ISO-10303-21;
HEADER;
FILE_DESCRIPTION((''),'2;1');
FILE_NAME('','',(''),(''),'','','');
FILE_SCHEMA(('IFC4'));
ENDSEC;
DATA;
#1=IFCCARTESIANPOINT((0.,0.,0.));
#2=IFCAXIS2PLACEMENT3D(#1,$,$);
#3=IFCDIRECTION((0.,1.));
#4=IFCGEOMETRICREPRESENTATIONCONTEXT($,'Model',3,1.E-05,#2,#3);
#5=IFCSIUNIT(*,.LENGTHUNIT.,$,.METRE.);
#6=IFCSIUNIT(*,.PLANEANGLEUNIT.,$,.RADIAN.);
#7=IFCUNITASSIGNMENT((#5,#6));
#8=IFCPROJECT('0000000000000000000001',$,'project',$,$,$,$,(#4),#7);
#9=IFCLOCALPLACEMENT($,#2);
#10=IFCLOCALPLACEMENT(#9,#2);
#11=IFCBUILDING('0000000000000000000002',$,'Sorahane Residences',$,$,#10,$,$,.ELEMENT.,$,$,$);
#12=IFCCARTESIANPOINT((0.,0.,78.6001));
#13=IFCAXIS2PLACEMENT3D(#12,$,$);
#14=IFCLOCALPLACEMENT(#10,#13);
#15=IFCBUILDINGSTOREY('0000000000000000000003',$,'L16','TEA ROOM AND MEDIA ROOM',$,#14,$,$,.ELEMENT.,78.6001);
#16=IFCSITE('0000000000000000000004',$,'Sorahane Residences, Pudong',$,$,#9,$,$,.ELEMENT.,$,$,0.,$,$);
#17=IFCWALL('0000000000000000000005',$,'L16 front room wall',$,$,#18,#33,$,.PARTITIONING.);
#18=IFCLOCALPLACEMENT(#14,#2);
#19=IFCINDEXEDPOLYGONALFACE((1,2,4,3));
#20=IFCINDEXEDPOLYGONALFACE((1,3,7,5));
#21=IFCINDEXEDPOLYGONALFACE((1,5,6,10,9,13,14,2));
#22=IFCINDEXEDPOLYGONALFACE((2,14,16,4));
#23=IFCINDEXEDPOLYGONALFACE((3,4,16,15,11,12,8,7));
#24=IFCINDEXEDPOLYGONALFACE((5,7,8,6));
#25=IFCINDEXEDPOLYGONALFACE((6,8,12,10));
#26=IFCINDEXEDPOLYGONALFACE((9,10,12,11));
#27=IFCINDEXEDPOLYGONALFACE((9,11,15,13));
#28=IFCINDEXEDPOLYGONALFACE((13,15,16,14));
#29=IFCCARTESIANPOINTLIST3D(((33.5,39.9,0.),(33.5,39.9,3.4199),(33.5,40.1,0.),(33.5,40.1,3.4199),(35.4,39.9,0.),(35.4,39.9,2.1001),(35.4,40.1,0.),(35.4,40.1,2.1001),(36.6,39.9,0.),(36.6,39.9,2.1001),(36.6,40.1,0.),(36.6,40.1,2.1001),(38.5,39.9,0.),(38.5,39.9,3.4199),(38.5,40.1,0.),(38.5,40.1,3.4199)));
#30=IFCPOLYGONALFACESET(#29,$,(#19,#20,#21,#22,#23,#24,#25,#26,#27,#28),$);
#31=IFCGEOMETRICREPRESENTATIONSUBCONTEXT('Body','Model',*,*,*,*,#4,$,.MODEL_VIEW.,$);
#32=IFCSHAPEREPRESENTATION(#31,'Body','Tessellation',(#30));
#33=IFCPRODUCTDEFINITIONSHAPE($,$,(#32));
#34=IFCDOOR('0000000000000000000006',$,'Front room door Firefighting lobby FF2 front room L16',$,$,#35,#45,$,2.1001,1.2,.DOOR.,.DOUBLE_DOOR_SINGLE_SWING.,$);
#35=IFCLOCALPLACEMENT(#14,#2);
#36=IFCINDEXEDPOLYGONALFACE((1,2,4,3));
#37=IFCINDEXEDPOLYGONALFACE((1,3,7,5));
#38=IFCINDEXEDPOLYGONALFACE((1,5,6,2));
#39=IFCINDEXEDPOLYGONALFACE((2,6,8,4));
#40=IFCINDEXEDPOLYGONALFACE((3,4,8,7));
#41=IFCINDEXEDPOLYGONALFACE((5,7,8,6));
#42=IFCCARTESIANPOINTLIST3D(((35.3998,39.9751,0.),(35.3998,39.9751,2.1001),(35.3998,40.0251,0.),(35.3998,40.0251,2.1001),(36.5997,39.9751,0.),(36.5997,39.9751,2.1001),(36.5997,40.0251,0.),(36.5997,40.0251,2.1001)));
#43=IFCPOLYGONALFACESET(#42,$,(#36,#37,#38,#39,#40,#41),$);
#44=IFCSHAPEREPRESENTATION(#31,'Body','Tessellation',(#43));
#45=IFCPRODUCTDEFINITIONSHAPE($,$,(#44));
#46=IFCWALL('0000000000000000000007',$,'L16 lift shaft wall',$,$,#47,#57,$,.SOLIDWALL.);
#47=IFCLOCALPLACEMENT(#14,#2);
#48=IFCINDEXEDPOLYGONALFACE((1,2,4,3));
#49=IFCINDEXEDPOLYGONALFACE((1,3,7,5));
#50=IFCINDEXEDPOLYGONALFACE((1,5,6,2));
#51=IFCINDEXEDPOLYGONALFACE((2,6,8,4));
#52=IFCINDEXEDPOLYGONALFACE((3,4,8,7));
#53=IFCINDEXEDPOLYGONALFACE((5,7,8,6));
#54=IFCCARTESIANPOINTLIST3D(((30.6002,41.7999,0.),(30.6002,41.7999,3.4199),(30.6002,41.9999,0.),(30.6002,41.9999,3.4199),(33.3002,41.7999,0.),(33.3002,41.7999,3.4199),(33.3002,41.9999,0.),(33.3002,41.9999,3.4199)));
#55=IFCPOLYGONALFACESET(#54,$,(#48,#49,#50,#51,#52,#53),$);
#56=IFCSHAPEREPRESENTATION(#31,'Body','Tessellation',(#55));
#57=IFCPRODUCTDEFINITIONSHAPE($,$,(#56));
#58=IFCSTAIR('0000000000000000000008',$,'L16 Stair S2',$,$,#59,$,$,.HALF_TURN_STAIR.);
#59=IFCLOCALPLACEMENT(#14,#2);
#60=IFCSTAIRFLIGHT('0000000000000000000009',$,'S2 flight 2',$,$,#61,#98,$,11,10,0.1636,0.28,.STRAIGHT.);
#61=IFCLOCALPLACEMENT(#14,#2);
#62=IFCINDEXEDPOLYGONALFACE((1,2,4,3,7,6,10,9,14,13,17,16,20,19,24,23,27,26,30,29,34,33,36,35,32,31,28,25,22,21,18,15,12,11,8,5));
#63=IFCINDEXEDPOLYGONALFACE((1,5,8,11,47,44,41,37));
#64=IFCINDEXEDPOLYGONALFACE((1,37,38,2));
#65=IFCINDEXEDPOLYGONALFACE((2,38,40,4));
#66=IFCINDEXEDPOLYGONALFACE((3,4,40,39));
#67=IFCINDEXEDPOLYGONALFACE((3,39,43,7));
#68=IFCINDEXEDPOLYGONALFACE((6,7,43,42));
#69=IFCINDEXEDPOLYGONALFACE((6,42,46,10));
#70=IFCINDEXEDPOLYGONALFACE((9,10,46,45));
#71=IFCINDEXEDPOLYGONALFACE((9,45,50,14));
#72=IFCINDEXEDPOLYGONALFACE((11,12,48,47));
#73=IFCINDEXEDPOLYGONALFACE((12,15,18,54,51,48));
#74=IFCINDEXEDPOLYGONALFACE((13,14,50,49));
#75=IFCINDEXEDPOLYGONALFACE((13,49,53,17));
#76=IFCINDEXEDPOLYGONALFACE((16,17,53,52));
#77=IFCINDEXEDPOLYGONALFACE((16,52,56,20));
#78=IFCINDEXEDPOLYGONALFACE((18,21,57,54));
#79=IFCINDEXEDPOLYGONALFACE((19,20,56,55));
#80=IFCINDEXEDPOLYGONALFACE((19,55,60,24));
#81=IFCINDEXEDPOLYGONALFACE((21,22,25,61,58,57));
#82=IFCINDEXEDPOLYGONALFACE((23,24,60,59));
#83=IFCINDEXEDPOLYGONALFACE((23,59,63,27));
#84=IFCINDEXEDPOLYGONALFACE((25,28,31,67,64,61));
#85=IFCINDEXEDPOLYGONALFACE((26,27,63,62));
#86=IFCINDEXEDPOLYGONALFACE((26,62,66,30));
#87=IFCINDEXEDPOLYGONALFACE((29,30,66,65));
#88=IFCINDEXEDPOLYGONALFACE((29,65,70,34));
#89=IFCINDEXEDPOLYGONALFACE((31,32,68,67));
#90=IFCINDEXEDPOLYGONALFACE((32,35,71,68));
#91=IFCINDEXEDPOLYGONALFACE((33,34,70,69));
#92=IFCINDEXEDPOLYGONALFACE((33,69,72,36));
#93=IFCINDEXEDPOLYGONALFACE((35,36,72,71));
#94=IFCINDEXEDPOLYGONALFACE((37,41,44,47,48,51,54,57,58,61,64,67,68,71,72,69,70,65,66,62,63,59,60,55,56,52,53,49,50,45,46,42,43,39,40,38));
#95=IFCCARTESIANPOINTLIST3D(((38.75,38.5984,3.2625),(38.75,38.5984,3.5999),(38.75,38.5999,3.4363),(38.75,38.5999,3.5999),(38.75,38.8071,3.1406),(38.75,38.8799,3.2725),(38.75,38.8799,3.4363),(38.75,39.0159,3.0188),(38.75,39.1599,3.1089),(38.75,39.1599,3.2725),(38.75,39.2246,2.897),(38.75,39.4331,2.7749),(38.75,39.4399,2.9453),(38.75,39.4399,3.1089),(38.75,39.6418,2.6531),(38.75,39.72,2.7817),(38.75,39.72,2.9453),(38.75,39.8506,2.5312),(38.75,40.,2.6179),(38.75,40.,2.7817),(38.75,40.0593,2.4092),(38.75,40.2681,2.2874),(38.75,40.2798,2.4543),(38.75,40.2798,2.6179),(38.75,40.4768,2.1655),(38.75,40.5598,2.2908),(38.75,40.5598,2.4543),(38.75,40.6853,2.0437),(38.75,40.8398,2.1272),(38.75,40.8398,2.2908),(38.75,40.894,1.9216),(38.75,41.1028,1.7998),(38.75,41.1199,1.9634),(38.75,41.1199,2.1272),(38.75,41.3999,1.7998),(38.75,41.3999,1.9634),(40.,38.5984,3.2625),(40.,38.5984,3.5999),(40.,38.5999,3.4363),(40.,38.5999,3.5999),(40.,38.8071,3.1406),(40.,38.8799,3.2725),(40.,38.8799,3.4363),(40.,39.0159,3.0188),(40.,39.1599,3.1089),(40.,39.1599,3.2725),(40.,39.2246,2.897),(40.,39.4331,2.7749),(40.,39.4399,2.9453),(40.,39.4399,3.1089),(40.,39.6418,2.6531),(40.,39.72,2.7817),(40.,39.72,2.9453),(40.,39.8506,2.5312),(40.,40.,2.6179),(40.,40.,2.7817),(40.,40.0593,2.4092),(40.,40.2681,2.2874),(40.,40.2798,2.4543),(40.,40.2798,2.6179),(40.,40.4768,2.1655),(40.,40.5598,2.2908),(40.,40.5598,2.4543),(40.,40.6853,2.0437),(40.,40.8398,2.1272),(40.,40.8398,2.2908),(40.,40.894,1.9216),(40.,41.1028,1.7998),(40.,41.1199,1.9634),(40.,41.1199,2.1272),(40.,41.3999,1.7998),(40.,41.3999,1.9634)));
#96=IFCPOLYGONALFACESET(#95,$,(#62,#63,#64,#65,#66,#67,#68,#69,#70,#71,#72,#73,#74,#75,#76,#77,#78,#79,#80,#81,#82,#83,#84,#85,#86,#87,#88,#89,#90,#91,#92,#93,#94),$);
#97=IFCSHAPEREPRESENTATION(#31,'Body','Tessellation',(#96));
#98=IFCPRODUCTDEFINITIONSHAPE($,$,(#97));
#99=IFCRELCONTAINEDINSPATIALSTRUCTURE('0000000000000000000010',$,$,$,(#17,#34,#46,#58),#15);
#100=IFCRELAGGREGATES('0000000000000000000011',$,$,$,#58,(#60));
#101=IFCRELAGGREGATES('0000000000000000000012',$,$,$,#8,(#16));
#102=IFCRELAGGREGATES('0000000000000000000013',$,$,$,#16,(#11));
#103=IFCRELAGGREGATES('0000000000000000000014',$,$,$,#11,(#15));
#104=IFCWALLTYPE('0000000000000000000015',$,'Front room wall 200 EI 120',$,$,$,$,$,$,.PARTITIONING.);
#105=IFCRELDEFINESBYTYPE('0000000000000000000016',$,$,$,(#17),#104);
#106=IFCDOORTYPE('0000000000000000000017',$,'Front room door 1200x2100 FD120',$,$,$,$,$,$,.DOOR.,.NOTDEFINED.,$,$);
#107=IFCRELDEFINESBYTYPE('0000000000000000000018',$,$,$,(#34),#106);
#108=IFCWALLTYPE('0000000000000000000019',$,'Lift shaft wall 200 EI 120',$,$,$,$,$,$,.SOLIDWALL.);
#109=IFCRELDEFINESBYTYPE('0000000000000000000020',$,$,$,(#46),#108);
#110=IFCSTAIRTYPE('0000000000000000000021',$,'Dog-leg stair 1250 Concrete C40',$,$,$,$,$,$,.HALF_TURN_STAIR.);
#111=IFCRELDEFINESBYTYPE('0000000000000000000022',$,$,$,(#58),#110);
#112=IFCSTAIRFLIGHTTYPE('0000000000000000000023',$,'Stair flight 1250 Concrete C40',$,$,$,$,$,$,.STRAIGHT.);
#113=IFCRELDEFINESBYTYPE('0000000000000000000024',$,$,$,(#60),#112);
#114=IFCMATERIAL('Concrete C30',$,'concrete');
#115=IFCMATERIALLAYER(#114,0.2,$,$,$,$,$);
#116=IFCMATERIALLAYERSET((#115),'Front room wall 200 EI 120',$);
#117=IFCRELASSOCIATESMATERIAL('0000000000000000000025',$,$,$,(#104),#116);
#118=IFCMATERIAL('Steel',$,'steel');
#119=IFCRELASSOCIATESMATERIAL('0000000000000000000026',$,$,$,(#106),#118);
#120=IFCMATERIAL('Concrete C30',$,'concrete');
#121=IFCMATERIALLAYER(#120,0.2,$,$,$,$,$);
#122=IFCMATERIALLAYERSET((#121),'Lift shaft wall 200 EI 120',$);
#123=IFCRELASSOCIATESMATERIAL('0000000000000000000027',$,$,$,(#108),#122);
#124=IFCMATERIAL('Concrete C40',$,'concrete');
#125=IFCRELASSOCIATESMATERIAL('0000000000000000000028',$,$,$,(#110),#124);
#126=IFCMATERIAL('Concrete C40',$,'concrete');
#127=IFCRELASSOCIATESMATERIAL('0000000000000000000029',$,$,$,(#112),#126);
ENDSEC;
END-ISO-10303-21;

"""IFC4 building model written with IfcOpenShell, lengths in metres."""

from ifc_helpers import new_model, si_unit, direction, frame, frame_2d, origin, place, context, subcontext, project, spatial, polyline, rectangle, outline, extrude, material, layer, layer_set, type_object, element, fill, aggregate, save


model = new_model("IFC4")

# Units and contexts
model_context = context("Model", 3, precision=1e-05, world=origin(), true_north=direction((0.0, 1.0)))
body_context = subcontext(model_context, "Body", "Model", "MODEL_VIEW")
ifc_project = project(units=[si_unit("LENGTHUNIT", "METRE"), si_unit("PLANEANGLEUNIT", "RADIAN")], contexts=[model_context])

# Site, building, storey
site_placement = place(None, origin())
site = spatial("IfcSite", under=ifc_project, at=site_placement, Name="Sorahane Residences, Pudong", CompositionType="ELEMENT", RefElevation=0.0)
building_placement = place(site_placement, origin())
building = spatial("IfcBuilding", under=site, at=building_placement, Name="Sorahane Residences", CompositionType="ELEMENT")
storey_placement = place(building_placement, frame((0.0, 0.0, 78.6001)))
storey = spatial("IfcBuildingStorey", under=building, at=storey_placement, Name="L16", Description="TEA ROOM AND MEDIA ROOM", CompositionType="ELEMENT", Elevation=78.6001)

# Wall, opening, door
ifc_material_1 = material(Name="Concrete C30", Category="concrete")
ifc_layer_1 = layer(ifc_material_1, 0.2)
ifc_layer_set_1 = layer_set([ifc_layer_1], Name="Front room wall 200 EI 120")
wall_type_1 = type_object("IfcWallType", Name="Front room wall 200 EI 120", PredefinedType="PARTITIONING", material=ifc_layer_set_1)
wall_1_placement = place(storey_placement, frame((33.5, 40.0, 0.0), z_axis=(0.0, 0.0, 1.0), x_axis=(1.0, 0.0, 0.0)))
wall_1 = element("IfcWall", 1, at=wall_1_placement, inside=storey, type_object=wall_type_1, Name="L16 front room wall", PredefinedType="PARTITIONING", context=body_context, shape_type="SweptSolid", body=[
    extrude(rectangle(XDim=5.0, YDim=0.2, at=frame_2d((2.5, 0.0))), origin(), (0.0, 0.0, 1.0), 3.4199),
])
opening_placement = place(wall_1_placement, frame((1.8999, 0.0, 0.0)))
opening = element("IfcOpeningElement", 2, at=opening_placement, cuts=wall_1, PredefinedType="OPENING", context=body_context, shape_type="SweptSolid", body=[
    extrude(rectangle(XDim=1.2, YDim=2.1001, at=frame_2d((0.6001, 1.05))), frame((0.0, 0.1099, 0.0), z_axis=(0.0, -1.0, 0.0), x_axis=(1.0, 0.0, 0.0)), (0.0, 0.0, 1.0), 0.22),
])
ifc_material_2 = material(Name="Steel", Category="steel")
door_type = type_object("IfcDoorType", Name="Front room door 1200x2100 FD120", OperationType="NOTDEFINED", PredefinedType="DOOR", material=ifc_material_2)
door_placement = place(opening_placement, frame((1.2, 0.0, 0.0), z_axis=(0.0, 0.0, 1.0), x_axis=(-1.0, 0.0, 0.0)))
door = element("IfcDoor", 3, at=door_placement, inside=storey, type_object=door_type, Name="Front room door Firefighting lobby FF2 front room L16", OperationType="DOUBLE_DOOR_SINGLE_SWING", OverallHeight=2.1001, OverallWidth=1.2, PredefinedType="DOOR", context=body_context, shape_type="SweptSolid", body=[
    extrude(rectangle(XDim=1.2, YDim=2.1001, at=frame_2d((0.6001, 1.05))), frame((0.0, 0.0249, 0.0), z_axis=(0.0, -1.0, 0.0), x_axis=(1.0, 0.0, 0.0)), (0.0, 0.0, 1.0), 0.05),
])
fill(opening, door)

# Wall
ifc_material_3 = material(Name="Concrete C30", Category="concrete")
ifc_layer_2 = layer(ifc_material_3, 0.2)
ifc_layer_set_2 = layer_set([ifc_layer_2], Name="Lift shaft wall 200 EI 120")
wall_type_2 = type_object("IfcWallType", Name="Lift shaft wall 200 EI 120", PredefinedType="SOLIDWALL", material=ifc_layer_set_2)
wall_2_placement = place(storey_placement, frame((30.6001, 41.8999, 0.0), z_axis=(0.0, 0.0, 1.0), x_axis=(1.0, 0.0, 0.0)))
element("IfcWall", 4, at=wall_2_placement, inside=storey, type_object=wall_type_2, Name="L16 lift shaft wall", PredefinedType="SOLIDWALL", context=body_context, shape_type="SweptSolid", body=[
    extrude(rectangle(XDim=2.7, YDim=0.2, at=frame_2d((1.3501, 0.0))), origin(), (0.0, 0.0, 1.0), 3.4199),
])

# Stair, stair flight
ifc_material_4 = material(Name="Concrete C40", Category="concrete")
stair_type = type_object("IfcStairType", Name="Dog-leg stair 1250 Concrete C40", PredefinedType="HALF_TURN_STAIR", material=ifc_material_4)
stair_placement = place(storey_placement, origin())
stair = element("IfcStair", 5, at=stair_placement, inside=storey, type_object=stair_type, Name="L16 Stair S2", PredefinedType="HALF_TURN_STAIR")
ifc_material_5 = material(Name="Concrete C40", Category="concrete")
stair_flight_type = type_object("IfcStairFlightType", Name="Stair flight 1250 Concrete C40", PredefinedType="STRAIGHT", material=ifc_material_5)
stair_flight_placement = place(storey_placement, frame((39.375, 41.3999, 1.7998), z_axis=(0.0, 0.0, 1.0), x_axis=(0.0, -1.0, 0.0)))
stair_flight = element("IfcStairFlight", 6, at=stair_flight_placement, type_object=stair_flight_type, Name="S2 flight 2", NumberOfRisers=11, NumberOfTreads=10, PredefinedType="STRAIGHT", RiserHeight=0.1636, TreadLength=0.28, context=body_context, shape_type="SweptSolid", body=[
    extrude(outline(polyline([(0.0, 0.0), (0.0, 0.1636), (0.28, 0.1636), (0.28, 0.3274), (0.5601, 0.3274), (0.5601, 0.491), (0.8401, 0.491), (0.8401, 0.6545), (1.1201, 0.6545), (1.1201, 0.8181), (1.3999, 0.8181), (1.3999, 0.9819), (1.6799, 0.9819), (1.6799, 1.1455), (1.96, 1.1455), (1.96, 1.3091), (2.24, 1.3091), (2.24, 1.4727), (2.52, 1.4727), (2.52, 1.6365), (2.8, 1.6365), (2.8, 1.8), (2.8015, 1.8), (2.8015, 1.4626), (2.5928, 1.3408), (2.384, 1.219), (2.1753, 1.0972), (1.9668, 0.9751), (1.7581, 0.8533), (1.5493, 0.7314), (1.3406, 0.6094), (1.1318, 0.4875), (0.9231, 0.3657), (0.7146, 0.2439), (0.5059, 0.1218), (0.2971, 0.0), (0.0, 0.0)])), frame((0.0, 0.625, 0.0), z_axis=(0.0, -1.0, 0.0), x_axis=(1.0, 0.0, 0.0)), (0.0, 0.0, 1.0), 1.25),
])
aggregate(stair, [stair_flight])

save(model, "model.ifc")
